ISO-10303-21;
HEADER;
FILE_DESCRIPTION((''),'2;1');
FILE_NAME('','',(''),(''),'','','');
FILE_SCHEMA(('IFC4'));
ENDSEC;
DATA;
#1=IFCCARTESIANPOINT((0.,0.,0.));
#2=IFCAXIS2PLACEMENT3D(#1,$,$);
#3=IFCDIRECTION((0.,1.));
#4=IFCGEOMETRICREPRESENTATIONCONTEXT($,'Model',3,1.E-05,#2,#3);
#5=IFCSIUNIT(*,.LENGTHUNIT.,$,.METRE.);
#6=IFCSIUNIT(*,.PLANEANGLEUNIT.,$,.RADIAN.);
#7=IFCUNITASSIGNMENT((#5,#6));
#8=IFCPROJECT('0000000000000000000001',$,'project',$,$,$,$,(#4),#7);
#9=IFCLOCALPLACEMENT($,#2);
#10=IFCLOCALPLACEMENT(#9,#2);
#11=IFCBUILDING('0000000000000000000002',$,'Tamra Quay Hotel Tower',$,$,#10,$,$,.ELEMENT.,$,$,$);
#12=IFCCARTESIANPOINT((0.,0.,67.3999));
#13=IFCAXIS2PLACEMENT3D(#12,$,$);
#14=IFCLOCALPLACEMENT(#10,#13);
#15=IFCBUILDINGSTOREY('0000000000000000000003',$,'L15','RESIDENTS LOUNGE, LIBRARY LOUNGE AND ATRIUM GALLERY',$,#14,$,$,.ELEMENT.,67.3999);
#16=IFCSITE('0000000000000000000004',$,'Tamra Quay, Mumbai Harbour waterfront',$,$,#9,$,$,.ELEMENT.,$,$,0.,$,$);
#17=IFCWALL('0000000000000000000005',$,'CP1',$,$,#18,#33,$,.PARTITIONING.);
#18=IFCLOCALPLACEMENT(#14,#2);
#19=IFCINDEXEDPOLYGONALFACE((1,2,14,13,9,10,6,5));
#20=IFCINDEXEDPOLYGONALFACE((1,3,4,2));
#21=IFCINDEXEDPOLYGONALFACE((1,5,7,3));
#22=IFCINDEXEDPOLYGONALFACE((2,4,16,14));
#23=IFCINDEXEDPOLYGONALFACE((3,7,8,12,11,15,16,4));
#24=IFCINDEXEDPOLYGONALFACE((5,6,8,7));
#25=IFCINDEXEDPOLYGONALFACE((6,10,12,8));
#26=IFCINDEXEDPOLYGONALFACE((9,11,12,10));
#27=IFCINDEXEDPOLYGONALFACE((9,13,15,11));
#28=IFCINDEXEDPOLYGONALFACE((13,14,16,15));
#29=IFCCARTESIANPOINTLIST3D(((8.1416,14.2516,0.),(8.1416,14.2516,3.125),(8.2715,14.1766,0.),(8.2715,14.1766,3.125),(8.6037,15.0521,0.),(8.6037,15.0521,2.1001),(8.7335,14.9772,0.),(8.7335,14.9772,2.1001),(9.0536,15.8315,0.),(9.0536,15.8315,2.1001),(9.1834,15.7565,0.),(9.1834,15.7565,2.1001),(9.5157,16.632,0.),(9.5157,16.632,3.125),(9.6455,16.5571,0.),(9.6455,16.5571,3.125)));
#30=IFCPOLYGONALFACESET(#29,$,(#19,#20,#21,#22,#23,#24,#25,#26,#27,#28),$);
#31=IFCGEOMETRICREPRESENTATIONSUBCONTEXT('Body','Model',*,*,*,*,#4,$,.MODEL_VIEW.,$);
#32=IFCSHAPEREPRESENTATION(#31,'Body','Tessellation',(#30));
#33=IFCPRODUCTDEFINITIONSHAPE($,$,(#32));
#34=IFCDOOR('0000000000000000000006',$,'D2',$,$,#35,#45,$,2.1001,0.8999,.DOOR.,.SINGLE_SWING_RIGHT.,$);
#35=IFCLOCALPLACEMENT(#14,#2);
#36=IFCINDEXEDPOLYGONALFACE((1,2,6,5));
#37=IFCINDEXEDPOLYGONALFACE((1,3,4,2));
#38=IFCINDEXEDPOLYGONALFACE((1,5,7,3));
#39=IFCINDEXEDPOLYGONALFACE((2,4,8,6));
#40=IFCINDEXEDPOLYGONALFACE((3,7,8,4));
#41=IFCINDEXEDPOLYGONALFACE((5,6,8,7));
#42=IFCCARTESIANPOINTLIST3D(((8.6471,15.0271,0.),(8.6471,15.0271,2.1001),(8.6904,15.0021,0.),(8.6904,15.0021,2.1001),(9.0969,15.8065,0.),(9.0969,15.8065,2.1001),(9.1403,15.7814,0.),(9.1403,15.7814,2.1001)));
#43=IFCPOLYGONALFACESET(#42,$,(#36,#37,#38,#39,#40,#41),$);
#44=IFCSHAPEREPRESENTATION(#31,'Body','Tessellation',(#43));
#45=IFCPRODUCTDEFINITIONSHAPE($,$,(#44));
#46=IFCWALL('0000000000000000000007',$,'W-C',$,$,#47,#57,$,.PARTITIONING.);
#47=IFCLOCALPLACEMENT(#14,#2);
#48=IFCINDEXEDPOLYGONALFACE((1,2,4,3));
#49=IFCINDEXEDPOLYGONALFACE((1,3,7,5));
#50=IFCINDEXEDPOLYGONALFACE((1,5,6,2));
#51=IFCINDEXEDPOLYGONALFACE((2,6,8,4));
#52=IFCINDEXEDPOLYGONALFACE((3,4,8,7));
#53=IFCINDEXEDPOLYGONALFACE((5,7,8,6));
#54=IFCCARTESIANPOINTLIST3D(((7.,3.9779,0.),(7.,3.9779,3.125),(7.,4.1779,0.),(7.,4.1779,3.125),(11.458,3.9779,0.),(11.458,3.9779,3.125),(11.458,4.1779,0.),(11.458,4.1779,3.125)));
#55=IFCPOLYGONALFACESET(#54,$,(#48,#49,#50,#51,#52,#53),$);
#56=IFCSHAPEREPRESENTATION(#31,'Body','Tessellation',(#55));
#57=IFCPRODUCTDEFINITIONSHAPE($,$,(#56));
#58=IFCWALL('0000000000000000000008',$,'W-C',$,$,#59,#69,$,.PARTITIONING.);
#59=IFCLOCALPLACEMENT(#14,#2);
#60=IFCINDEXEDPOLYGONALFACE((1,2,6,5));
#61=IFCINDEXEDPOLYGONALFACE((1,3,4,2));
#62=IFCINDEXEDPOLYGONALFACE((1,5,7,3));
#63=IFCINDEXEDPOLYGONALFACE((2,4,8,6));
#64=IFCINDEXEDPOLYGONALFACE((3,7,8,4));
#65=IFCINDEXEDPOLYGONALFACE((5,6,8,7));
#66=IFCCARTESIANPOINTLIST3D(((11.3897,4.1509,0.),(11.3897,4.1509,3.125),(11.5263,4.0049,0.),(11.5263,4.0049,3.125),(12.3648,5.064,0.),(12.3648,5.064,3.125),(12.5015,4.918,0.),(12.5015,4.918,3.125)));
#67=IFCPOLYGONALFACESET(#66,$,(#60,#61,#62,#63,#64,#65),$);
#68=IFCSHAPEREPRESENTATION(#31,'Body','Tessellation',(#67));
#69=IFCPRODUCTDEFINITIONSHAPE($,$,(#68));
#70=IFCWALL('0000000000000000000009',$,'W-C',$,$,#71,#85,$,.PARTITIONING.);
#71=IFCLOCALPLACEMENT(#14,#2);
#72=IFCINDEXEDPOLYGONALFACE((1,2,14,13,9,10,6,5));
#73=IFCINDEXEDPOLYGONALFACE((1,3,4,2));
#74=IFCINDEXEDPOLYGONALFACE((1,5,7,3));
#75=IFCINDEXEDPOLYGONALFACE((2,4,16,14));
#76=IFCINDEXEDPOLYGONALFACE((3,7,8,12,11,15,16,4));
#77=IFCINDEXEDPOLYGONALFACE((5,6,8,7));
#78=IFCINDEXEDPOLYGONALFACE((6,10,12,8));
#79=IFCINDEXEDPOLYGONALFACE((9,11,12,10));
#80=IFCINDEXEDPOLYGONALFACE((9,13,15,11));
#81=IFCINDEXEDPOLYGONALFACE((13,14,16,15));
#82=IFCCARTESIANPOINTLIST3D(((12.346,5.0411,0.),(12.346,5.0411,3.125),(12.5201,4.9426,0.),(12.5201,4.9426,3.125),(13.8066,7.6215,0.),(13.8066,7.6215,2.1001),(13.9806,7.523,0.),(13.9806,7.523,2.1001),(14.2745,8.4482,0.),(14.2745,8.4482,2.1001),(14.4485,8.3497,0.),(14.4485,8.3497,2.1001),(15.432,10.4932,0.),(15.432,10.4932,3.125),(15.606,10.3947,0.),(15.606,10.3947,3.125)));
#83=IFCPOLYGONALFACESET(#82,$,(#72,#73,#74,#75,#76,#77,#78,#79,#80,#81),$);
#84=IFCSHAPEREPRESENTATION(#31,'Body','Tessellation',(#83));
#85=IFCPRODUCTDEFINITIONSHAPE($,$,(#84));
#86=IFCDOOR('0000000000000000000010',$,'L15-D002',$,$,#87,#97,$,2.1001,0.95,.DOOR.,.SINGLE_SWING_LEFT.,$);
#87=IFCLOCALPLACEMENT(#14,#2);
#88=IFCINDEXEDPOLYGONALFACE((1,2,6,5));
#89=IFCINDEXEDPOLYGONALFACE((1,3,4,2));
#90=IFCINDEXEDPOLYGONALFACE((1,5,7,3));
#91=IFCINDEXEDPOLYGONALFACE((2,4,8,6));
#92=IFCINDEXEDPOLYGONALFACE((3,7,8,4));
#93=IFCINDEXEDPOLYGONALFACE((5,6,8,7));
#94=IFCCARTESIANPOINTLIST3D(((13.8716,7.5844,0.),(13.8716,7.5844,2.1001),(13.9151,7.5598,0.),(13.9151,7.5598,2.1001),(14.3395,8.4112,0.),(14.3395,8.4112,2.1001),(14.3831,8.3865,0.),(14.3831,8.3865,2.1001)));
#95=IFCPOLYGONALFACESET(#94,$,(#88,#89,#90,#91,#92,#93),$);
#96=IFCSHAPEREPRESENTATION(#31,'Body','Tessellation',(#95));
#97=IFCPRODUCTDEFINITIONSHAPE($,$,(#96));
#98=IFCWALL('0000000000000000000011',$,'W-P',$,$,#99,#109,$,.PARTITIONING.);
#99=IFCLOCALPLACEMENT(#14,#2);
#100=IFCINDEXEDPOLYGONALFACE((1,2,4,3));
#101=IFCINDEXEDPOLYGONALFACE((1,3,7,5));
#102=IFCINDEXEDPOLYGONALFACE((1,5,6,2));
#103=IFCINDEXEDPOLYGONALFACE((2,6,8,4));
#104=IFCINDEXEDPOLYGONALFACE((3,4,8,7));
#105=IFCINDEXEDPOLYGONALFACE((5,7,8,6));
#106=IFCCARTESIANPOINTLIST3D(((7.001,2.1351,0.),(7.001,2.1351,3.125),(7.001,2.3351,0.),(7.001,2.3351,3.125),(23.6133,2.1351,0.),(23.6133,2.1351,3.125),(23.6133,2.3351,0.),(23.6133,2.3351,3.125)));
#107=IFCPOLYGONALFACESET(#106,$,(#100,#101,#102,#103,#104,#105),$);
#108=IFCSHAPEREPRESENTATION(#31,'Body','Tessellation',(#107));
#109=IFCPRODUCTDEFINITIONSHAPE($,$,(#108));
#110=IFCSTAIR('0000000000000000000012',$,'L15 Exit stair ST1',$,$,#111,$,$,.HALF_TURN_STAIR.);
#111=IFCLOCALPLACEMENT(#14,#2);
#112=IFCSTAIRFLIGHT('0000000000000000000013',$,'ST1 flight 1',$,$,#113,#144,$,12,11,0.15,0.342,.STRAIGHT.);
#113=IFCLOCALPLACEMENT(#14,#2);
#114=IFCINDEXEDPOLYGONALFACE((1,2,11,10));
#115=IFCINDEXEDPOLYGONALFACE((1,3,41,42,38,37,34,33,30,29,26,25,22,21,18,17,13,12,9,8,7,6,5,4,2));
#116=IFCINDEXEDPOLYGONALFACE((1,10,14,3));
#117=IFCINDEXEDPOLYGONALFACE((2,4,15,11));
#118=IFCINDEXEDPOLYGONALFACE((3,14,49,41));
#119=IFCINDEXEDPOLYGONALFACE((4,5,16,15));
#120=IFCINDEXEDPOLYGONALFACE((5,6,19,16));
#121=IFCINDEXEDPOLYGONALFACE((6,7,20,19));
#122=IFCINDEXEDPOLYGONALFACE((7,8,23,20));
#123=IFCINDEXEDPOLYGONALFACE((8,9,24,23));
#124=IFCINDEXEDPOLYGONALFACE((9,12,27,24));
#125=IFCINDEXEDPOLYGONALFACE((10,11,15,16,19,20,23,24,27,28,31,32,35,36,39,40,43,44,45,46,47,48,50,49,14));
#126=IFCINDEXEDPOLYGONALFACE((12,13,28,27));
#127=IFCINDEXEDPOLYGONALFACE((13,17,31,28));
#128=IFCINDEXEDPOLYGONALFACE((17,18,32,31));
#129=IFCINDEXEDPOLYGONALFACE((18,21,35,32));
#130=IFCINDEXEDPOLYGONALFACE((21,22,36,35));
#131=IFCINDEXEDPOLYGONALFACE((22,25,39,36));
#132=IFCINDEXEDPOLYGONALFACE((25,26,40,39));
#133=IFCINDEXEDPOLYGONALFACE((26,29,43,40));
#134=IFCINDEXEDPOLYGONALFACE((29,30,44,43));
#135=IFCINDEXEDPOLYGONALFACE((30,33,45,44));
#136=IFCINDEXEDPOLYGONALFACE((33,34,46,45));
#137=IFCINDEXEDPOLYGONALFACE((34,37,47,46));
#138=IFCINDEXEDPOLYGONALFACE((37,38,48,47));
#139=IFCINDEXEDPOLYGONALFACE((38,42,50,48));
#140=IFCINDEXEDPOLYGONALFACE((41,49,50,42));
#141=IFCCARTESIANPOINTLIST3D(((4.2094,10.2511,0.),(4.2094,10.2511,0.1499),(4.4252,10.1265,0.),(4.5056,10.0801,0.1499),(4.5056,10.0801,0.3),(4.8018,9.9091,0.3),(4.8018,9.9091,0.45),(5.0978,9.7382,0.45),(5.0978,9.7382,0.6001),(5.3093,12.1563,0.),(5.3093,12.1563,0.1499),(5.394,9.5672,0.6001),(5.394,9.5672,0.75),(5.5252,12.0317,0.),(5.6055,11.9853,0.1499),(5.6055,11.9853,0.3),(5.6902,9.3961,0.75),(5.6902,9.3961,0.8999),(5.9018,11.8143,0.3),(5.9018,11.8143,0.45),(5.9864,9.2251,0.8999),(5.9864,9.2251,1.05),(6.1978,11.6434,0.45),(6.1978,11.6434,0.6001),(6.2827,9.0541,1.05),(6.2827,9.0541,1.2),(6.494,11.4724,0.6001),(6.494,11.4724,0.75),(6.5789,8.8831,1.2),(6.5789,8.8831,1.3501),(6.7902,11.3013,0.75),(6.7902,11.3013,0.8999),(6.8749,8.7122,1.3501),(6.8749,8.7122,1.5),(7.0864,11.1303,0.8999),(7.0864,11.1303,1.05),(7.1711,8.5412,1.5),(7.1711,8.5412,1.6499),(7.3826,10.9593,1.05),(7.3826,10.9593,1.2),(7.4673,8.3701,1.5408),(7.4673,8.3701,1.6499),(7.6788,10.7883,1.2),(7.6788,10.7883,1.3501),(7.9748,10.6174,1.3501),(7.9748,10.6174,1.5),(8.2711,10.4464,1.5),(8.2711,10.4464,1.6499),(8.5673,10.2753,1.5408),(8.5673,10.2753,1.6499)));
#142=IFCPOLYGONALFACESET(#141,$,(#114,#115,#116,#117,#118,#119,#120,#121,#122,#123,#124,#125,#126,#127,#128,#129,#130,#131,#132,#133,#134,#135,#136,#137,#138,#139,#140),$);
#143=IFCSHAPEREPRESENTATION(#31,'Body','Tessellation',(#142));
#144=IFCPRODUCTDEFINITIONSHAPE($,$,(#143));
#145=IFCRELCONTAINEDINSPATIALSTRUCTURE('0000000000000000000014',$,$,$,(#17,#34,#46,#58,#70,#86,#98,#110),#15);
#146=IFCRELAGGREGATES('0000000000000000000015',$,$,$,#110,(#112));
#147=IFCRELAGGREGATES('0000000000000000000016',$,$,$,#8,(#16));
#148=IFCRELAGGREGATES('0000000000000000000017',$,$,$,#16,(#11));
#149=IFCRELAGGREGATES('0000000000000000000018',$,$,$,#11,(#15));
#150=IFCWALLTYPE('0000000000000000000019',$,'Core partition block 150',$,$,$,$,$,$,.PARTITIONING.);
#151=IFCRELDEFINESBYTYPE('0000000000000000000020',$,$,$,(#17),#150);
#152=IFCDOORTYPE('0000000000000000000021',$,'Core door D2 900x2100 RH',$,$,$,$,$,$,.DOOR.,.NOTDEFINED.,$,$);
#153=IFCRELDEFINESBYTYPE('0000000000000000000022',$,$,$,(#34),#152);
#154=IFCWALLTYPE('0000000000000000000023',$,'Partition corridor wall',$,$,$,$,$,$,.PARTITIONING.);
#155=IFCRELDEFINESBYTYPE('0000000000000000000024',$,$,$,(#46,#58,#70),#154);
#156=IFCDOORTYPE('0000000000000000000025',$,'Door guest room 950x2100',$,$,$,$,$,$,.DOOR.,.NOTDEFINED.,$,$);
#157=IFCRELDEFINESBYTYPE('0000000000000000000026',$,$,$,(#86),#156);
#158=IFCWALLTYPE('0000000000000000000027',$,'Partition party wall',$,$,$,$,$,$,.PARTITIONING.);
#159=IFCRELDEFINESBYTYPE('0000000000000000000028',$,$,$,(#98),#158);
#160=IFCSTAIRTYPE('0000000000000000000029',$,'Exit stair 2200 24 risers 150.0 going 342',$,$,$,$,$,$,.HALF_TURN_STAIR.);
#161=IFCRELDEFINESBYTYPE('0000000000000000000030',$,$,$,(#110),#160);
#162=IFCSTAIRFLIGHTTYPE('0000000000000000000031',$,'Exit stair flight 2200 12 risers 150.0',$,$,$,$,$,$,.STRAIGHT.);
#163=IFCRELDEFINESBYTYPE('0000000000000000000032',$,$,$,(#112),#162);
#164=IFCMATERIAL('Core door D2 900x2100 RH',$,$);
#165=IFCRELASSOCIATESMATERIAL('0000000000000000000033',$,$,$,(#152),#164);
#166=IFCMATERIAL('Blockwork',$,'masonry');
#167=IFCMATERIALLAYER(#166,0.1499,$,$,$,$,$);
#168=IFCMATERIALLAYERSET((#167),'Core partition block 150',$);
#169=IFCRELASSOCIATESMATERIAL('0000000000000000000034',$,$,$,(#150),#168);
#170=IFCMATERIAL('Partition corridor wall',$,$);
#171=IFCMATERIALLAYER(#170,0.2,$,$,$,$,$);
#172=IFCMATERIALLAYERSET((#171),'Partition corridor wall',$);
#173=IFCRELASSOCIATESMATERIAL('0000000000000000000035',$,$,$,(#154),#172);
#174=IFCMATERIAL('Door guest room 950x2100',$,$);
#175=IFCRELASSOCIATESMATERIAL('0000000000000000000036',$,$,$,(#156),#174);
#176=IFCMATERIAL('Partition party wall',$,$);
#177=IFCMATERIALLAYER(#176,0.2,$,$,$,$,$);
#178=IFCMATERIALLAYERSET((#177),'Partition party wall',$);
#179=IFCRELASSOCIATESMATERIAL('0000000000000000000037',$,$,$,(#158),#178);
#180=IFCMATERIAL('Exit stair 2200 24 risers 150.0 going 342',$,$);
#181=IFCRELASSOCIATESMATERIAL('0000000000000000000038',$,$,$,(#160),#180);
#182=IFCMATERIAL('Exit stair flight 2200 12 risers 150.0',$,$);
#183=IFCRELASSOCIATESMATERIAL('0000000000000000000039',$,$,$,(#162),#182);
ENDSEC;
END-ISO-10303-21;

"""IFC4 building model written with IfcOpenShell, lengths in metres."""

from ifc_helpers import new_model, si_unit, direction, frame, frame_2d, origin, place, context, subcontext, project, spatial, polyline, rectangle, outline, extrude, material, layer, layer_set, type_object, element, fill, aggregate, save


model = new_model("IFC4")

# Units and contexts
model_context = context("Model", 3, precision=1e-05, world=origin(), true_north=direction((0.0, 1.0)))
body_context = subcontext(model_context, "Body", "Model", "MODEL_VIEW")
ifc_project = project(units=[si_unit("LENGTHUNIT", "METRE"), si_unit("PLANEANGLEUNIT", "RADIAN")], contexts=[model_context])

# Site, building, storey
site_placement = place(None, origin())
site = spatial("IfcSite", under=ifc_project, at=site_placement, Name="Tamra Quay, Mumbai Harbour waterfront", CompositionType="ELEMENT", RefElevation=0.0)
building_placement = place(site_placement, origin())
building = spatial("IfcBuilding", under=site, at=building_placement, Name="Tamra Quay Hotel Tower", CompositionType="ELEMENT")
storey_placement = place(building_placement, frame((0.0, 0.0, 67.3999)))
storey = spatial("IfcBuildingStorey", under=building, at=storey_placement, Name="L15", Description="RESIDENTS LOUNGE, LIBRARY LOUNGE AND ATRIUM GALLERY", CompositionType="ELEMENT", Elevation=67.3999)

# Shared definitions
ifc_material_1 = material(Name="Core door D2 900x2100 RH")
door_type_1 = type_object("IfcDoorType", Name="Core door D2 900x2100 RH", OperationType="NOTDEFINED", PredefinedType="DOOR", material=ifc_material_1)

# Wall, opening, door
ifc_material_2 = material(Name="Blockwork", Category="masonry")
ifc_layer_1 = layer(ifc_material_2, 0.1499)
ifc_layer_set_1 = layer_set([ifc_layer_1], Name="Core partition block 150")
wall_type_1 = type_object("IfcWallType", Name="Core partition block 150", PredefinedType="PARTITIONING", material=ifc_layer_set_1)
wall_1_placement = place(storey_placement, frame((8.2065, 14.2141, 0.0), z_axis=(0.0, 0.0, 1.0), x_axis=(0.499922, 0.86607, 0.0)))
wall_1 = element("IfcWall", 1, at=wall_1_placement, inside=storey, type_object=wall_type_1, Name="CP1", PredefinedType="PARTITIONING", context=body_context, shape_type="SweptSolid", body=[
    extrude(rectangle(XDim=2.7485, YDim=0.1499, at=frame_2d((1.3743, 0.0))), origin(), (0.0, 0.0, 1.0), 3.125),
])
opening_1_placement = place(wall_1_placement, frame((0.9243, 0.0, 0.0)))
opening_1 = element("IfcOpeningElement", 2, at=opening_1_placement, cuts=wall_1, PredefinedType="OPENING", context=body_context, shape_type="SweptSolid", body=[
    extrude(rectangle(XDim=0.8999, YDim=2.1001, at=frame_2d((0.45, 1.05))), frame((0.0, 0.085, 0.0), z_axis=(0.0, -1.0, 0.0), x_axis=(1.0, 0.0, 0.0)), (0.0, 0.0, 1.0), 0.1699),
])
door_1_placement = place(opening_1_placement, origin())
door_1 = element("IfcDoor", 3, at=door_1_placement, inside=storey, type_object=door_type_1, Name="D2", OperationType="SINGLE_SWING_RIGHT", OverallHeight=2.1001, OverallWidth=0.8999, PredefinedType="DOOR", context=body_context, shape_type="SweptSolid", body=[
    extrude(rectangle(XDim=0.8999, YDim=2.1001, at=frame_2d((0.45, 1.05))), frame((0.0, 0.0249, 0.0), z_axis=(0.0, -1.0, 0.0), x_axis=(1.0, 0.0, 0.0)), (0.0, 0.0, 1.0), 0.05),
])
fill(opening_1, door_1)

# Walls
ifc_material_3 = material(Name="Partition corridor wall")
ifc_layer_2 = layer(ifc_material_3, 0.2)
ifc_layer_set_2 = layer_set([ifc_layer_2], Name="Partition corridor wall")
wall_type_2 = type_object("IfcWallType", Name="Partition corridor wall", PredefinedType="PARTITIONING", material=ifc_layer_set_2)
wall_2_placement = place(storey_placement, frame((7.0, 4.0779, 0.0), z_axis=(0.0, 0.0, 1.0), x_axis=(1.0, 0.0, 0.0)))
element("IfcWall", 4, at=wall_2_placement, inside=storey, type_object=wall_type_2, Name="W-C", PredefinedType="PARTITIONING", context=body_context, shape_type="SweptSolid", body=[
    extrude(rectangle(XDim=4.458, YDim=0.2, at=frame_2d((2.229, 0.0))), origin(), (0.0, 0.0, 1.0), 3.125),
])
wall_3_placement = place(storey_placement, frame((11.458, 4.0779, 0.0), z_axis=(0.0, 0.0, 1.0), x_axis=(0.729936, 0.683515, 0.0)))
element("IfcWall", 5, at=wall_3_placement, inside=storey, type_object=wall_type_2, Name="W-C", PredefinedType="PARTITIONING", context=body_context, shape_type="SweptSolid", body=[
    extrude(rectangle(XDim=1.3359, YDim=0.2, at=frame_2d((0.668, 0.0))), origin(), (0.0, 0.0, 1.0), 3.125),
])

# Wall, opening, door
wall_4_placement = place(storey_placement, frame((12.4331, 4.9919, 0.0), z_axis=(0.0, 0.0, 1.0), x_axis=(0.492576, 0.870269, 0.0)))
wall_4 = element("IfcWall", 6, at=wall_4_placement, inside=storey, type_object=wall_type_2, Name="W-C", PredefinedType="PARTITIONING", context=body_context, shape_type="SweptSolid", body=[
    extrude(rectangle(XDim=6.2649, YDim=0.2, at=frame_2d((3.1323, 0.0))), origin(), (0.0, 0.0, 1.0), 3.125),
])
opening_2_placement = place(wall_4_placement, frame((2.9648, 0.0, 0.0)))
opening_2 = element("IfcOpeningElement", 7, at=opening_2_placement, cuts=wall_4, PredefinedType="OPENING", context=body_context, shape_type="SweptSolid", body=[
    extrude(rectangle(XDim=0.95, YDim=2.1001, at=frame_2d((0.4751, 1.05))), frame((0.0, 0.1099, 0.0), z_axis=(0.0, -1.0, 0.0), x_axis=(1.0, 0.0, 0.0)), (0.0, 0.0, 1.0), 0.22),
])
ifc_material_4 = material(Name="Door guest room 950x2100")
door_type_2 = type_object("IfcDoorType", Name="Door guest room 950x2100", OperationType="NOTDEFINED", PredefinedType="DOOR", material=ifc_material_4)
door_2_placement = place(opening_2_placement, frame((0.95, 0.0, 0.0), z_axis=(0.0, 0.0, 1.0), x_axis=(-1.0, 0.0, 0.0)))
door_2 = element("IfcDoor", 8, at=door_2_placement, inside=storey, type_object=door_type_2, Name="L15-D002", OperationType="SINGLE_SWING_LEFT", OverallHeight=2.1001, OverallWidth=0.95, PredefinedType="DOOR", context=body_context, shape_type="SweptSolid", body=[
    extrude(rectangle(XDim=0.95, YDim=2.1001, at=frame_2d((0.4751, 1.05))), frame((0.0, 0.0249, 0.0), z_axis=(0.0, -1.0, 0.0), x_axis=(1.0, 0.0, 0.0)), (0.0, 0.0, 1.0), 0.05),
])
fill(opening_2, door_2)

# Wall
ifc_material_5 = material(Name="Partition party wall")
ifc_layer_3 = layer(ifc_material_5, 0.2)
ifc_layer_set_3 = layer_set([ifc_layer_3], Name="Partition party wall")
wall_type_3 = type_object("IfcWallType", Name="Partition party wall", PredefinedType="PARTITIONING", material=ifc_layer_set_3)
wall_5_placement = place(storey_placement, frame((7.001, 2.2351, 0.0), z_axis=(0.0, 0.0, 1.0), x_axis=(1.0, 0.0, 0.0)))
element("IfcWall", 9, at=wall_5_placement, inside=storey, type_object=wall_type_3, Name="W-P", PredefinedType="PARTITIONING", context=body_context, shape_type="SweptSolid", body=[
    extrude(rectangle(XDim=16.6123, YDim=0.2, at=frame_2d((8.3062, 0.0))), origin(), (0.0, 0.0, 1.0), 3.125),
])

# Stair, stair flight
ifc_material_6 = material(Name="Exit stair 2200 24 risers 150.0 going 342")
stair_type = type_object("IfcStairType", Name="Exit stair 2200 24 risers 150.0 going 342", PredefinedType="HALF_TURN_STAIR", material=ifc_material_6)
stair_placement = place(storey_placement, origin())
stair = element("IfcStair", 10, at=stair_placement, inside=storey, type_object=stair_type, Name="L15 Exit stair ST1", PredefinedType="HALF_TURN_STAIR")
ifc_material_7 = material(Name="Exit stair flight 2200 12 risers 150.0")
stair_flight_type = type_object("IfcStairFlightType", Name="Exit stair flight 2200 12 risers 150.0", PredefinedType="STRAIGHT", material=ifc_material_7)
stair_flight_1_placement = place(storey_placement, frame((4.7593, 11.2036, 0.0), z_axis=(0.0, 0.0, 1.0), x_axis=(0.866025, -0.5, 0.0)))
stair_flight_1 = element("IfcStairFlight", 11, at=stair_flight_1_placement, type_object=stair_flight_type, Name="ST1 flight 1", NumberOfRisers=12, NumberOfTreads=11, PredefinedType="STRAIGHT", RiserHeight=0.15, TreadLength=0.342, context=body_context, shape_type="SweptSolid", body=[
    extrude(outline(polyline([(0.0, 0.0), (0.0, 0.1499), (0.342, 0.1499), (0.342, 0.3), (0.6841, 0.3), (0.6841, 0.45), (1.0259, 0.45), (1.0259, 0.6001), (1.3679, 0.6001), (1.3679, 0.75), (1.71, 0.75), (1.71, 0.8999), (2.052, 0.8999), (2.052, 1.05), (2.394, 1.05), (2.394, 1.2), (2.7361, 1.2), (2.7361, 1.3501), (3.0779, 1.3501), (3.0779, 1.5), (3.4199, 1.5), (3.4199, 1.6499), (3.762, 1.6499), (3.762, 1.8), (3.762, 1.5408), (0.2493, 0.0), (0.0, 0.0)])), frame((0.0, 1.1001, 0.0), z_axis=(0.0, -1.0, 0.0), x_axis=(1.0, 0.0, 0.0)), (0.0, 0.0, 1.0), 2.2),
])
aggregate(stair, [stair_flight_1])

save(model, "model.ifc")
